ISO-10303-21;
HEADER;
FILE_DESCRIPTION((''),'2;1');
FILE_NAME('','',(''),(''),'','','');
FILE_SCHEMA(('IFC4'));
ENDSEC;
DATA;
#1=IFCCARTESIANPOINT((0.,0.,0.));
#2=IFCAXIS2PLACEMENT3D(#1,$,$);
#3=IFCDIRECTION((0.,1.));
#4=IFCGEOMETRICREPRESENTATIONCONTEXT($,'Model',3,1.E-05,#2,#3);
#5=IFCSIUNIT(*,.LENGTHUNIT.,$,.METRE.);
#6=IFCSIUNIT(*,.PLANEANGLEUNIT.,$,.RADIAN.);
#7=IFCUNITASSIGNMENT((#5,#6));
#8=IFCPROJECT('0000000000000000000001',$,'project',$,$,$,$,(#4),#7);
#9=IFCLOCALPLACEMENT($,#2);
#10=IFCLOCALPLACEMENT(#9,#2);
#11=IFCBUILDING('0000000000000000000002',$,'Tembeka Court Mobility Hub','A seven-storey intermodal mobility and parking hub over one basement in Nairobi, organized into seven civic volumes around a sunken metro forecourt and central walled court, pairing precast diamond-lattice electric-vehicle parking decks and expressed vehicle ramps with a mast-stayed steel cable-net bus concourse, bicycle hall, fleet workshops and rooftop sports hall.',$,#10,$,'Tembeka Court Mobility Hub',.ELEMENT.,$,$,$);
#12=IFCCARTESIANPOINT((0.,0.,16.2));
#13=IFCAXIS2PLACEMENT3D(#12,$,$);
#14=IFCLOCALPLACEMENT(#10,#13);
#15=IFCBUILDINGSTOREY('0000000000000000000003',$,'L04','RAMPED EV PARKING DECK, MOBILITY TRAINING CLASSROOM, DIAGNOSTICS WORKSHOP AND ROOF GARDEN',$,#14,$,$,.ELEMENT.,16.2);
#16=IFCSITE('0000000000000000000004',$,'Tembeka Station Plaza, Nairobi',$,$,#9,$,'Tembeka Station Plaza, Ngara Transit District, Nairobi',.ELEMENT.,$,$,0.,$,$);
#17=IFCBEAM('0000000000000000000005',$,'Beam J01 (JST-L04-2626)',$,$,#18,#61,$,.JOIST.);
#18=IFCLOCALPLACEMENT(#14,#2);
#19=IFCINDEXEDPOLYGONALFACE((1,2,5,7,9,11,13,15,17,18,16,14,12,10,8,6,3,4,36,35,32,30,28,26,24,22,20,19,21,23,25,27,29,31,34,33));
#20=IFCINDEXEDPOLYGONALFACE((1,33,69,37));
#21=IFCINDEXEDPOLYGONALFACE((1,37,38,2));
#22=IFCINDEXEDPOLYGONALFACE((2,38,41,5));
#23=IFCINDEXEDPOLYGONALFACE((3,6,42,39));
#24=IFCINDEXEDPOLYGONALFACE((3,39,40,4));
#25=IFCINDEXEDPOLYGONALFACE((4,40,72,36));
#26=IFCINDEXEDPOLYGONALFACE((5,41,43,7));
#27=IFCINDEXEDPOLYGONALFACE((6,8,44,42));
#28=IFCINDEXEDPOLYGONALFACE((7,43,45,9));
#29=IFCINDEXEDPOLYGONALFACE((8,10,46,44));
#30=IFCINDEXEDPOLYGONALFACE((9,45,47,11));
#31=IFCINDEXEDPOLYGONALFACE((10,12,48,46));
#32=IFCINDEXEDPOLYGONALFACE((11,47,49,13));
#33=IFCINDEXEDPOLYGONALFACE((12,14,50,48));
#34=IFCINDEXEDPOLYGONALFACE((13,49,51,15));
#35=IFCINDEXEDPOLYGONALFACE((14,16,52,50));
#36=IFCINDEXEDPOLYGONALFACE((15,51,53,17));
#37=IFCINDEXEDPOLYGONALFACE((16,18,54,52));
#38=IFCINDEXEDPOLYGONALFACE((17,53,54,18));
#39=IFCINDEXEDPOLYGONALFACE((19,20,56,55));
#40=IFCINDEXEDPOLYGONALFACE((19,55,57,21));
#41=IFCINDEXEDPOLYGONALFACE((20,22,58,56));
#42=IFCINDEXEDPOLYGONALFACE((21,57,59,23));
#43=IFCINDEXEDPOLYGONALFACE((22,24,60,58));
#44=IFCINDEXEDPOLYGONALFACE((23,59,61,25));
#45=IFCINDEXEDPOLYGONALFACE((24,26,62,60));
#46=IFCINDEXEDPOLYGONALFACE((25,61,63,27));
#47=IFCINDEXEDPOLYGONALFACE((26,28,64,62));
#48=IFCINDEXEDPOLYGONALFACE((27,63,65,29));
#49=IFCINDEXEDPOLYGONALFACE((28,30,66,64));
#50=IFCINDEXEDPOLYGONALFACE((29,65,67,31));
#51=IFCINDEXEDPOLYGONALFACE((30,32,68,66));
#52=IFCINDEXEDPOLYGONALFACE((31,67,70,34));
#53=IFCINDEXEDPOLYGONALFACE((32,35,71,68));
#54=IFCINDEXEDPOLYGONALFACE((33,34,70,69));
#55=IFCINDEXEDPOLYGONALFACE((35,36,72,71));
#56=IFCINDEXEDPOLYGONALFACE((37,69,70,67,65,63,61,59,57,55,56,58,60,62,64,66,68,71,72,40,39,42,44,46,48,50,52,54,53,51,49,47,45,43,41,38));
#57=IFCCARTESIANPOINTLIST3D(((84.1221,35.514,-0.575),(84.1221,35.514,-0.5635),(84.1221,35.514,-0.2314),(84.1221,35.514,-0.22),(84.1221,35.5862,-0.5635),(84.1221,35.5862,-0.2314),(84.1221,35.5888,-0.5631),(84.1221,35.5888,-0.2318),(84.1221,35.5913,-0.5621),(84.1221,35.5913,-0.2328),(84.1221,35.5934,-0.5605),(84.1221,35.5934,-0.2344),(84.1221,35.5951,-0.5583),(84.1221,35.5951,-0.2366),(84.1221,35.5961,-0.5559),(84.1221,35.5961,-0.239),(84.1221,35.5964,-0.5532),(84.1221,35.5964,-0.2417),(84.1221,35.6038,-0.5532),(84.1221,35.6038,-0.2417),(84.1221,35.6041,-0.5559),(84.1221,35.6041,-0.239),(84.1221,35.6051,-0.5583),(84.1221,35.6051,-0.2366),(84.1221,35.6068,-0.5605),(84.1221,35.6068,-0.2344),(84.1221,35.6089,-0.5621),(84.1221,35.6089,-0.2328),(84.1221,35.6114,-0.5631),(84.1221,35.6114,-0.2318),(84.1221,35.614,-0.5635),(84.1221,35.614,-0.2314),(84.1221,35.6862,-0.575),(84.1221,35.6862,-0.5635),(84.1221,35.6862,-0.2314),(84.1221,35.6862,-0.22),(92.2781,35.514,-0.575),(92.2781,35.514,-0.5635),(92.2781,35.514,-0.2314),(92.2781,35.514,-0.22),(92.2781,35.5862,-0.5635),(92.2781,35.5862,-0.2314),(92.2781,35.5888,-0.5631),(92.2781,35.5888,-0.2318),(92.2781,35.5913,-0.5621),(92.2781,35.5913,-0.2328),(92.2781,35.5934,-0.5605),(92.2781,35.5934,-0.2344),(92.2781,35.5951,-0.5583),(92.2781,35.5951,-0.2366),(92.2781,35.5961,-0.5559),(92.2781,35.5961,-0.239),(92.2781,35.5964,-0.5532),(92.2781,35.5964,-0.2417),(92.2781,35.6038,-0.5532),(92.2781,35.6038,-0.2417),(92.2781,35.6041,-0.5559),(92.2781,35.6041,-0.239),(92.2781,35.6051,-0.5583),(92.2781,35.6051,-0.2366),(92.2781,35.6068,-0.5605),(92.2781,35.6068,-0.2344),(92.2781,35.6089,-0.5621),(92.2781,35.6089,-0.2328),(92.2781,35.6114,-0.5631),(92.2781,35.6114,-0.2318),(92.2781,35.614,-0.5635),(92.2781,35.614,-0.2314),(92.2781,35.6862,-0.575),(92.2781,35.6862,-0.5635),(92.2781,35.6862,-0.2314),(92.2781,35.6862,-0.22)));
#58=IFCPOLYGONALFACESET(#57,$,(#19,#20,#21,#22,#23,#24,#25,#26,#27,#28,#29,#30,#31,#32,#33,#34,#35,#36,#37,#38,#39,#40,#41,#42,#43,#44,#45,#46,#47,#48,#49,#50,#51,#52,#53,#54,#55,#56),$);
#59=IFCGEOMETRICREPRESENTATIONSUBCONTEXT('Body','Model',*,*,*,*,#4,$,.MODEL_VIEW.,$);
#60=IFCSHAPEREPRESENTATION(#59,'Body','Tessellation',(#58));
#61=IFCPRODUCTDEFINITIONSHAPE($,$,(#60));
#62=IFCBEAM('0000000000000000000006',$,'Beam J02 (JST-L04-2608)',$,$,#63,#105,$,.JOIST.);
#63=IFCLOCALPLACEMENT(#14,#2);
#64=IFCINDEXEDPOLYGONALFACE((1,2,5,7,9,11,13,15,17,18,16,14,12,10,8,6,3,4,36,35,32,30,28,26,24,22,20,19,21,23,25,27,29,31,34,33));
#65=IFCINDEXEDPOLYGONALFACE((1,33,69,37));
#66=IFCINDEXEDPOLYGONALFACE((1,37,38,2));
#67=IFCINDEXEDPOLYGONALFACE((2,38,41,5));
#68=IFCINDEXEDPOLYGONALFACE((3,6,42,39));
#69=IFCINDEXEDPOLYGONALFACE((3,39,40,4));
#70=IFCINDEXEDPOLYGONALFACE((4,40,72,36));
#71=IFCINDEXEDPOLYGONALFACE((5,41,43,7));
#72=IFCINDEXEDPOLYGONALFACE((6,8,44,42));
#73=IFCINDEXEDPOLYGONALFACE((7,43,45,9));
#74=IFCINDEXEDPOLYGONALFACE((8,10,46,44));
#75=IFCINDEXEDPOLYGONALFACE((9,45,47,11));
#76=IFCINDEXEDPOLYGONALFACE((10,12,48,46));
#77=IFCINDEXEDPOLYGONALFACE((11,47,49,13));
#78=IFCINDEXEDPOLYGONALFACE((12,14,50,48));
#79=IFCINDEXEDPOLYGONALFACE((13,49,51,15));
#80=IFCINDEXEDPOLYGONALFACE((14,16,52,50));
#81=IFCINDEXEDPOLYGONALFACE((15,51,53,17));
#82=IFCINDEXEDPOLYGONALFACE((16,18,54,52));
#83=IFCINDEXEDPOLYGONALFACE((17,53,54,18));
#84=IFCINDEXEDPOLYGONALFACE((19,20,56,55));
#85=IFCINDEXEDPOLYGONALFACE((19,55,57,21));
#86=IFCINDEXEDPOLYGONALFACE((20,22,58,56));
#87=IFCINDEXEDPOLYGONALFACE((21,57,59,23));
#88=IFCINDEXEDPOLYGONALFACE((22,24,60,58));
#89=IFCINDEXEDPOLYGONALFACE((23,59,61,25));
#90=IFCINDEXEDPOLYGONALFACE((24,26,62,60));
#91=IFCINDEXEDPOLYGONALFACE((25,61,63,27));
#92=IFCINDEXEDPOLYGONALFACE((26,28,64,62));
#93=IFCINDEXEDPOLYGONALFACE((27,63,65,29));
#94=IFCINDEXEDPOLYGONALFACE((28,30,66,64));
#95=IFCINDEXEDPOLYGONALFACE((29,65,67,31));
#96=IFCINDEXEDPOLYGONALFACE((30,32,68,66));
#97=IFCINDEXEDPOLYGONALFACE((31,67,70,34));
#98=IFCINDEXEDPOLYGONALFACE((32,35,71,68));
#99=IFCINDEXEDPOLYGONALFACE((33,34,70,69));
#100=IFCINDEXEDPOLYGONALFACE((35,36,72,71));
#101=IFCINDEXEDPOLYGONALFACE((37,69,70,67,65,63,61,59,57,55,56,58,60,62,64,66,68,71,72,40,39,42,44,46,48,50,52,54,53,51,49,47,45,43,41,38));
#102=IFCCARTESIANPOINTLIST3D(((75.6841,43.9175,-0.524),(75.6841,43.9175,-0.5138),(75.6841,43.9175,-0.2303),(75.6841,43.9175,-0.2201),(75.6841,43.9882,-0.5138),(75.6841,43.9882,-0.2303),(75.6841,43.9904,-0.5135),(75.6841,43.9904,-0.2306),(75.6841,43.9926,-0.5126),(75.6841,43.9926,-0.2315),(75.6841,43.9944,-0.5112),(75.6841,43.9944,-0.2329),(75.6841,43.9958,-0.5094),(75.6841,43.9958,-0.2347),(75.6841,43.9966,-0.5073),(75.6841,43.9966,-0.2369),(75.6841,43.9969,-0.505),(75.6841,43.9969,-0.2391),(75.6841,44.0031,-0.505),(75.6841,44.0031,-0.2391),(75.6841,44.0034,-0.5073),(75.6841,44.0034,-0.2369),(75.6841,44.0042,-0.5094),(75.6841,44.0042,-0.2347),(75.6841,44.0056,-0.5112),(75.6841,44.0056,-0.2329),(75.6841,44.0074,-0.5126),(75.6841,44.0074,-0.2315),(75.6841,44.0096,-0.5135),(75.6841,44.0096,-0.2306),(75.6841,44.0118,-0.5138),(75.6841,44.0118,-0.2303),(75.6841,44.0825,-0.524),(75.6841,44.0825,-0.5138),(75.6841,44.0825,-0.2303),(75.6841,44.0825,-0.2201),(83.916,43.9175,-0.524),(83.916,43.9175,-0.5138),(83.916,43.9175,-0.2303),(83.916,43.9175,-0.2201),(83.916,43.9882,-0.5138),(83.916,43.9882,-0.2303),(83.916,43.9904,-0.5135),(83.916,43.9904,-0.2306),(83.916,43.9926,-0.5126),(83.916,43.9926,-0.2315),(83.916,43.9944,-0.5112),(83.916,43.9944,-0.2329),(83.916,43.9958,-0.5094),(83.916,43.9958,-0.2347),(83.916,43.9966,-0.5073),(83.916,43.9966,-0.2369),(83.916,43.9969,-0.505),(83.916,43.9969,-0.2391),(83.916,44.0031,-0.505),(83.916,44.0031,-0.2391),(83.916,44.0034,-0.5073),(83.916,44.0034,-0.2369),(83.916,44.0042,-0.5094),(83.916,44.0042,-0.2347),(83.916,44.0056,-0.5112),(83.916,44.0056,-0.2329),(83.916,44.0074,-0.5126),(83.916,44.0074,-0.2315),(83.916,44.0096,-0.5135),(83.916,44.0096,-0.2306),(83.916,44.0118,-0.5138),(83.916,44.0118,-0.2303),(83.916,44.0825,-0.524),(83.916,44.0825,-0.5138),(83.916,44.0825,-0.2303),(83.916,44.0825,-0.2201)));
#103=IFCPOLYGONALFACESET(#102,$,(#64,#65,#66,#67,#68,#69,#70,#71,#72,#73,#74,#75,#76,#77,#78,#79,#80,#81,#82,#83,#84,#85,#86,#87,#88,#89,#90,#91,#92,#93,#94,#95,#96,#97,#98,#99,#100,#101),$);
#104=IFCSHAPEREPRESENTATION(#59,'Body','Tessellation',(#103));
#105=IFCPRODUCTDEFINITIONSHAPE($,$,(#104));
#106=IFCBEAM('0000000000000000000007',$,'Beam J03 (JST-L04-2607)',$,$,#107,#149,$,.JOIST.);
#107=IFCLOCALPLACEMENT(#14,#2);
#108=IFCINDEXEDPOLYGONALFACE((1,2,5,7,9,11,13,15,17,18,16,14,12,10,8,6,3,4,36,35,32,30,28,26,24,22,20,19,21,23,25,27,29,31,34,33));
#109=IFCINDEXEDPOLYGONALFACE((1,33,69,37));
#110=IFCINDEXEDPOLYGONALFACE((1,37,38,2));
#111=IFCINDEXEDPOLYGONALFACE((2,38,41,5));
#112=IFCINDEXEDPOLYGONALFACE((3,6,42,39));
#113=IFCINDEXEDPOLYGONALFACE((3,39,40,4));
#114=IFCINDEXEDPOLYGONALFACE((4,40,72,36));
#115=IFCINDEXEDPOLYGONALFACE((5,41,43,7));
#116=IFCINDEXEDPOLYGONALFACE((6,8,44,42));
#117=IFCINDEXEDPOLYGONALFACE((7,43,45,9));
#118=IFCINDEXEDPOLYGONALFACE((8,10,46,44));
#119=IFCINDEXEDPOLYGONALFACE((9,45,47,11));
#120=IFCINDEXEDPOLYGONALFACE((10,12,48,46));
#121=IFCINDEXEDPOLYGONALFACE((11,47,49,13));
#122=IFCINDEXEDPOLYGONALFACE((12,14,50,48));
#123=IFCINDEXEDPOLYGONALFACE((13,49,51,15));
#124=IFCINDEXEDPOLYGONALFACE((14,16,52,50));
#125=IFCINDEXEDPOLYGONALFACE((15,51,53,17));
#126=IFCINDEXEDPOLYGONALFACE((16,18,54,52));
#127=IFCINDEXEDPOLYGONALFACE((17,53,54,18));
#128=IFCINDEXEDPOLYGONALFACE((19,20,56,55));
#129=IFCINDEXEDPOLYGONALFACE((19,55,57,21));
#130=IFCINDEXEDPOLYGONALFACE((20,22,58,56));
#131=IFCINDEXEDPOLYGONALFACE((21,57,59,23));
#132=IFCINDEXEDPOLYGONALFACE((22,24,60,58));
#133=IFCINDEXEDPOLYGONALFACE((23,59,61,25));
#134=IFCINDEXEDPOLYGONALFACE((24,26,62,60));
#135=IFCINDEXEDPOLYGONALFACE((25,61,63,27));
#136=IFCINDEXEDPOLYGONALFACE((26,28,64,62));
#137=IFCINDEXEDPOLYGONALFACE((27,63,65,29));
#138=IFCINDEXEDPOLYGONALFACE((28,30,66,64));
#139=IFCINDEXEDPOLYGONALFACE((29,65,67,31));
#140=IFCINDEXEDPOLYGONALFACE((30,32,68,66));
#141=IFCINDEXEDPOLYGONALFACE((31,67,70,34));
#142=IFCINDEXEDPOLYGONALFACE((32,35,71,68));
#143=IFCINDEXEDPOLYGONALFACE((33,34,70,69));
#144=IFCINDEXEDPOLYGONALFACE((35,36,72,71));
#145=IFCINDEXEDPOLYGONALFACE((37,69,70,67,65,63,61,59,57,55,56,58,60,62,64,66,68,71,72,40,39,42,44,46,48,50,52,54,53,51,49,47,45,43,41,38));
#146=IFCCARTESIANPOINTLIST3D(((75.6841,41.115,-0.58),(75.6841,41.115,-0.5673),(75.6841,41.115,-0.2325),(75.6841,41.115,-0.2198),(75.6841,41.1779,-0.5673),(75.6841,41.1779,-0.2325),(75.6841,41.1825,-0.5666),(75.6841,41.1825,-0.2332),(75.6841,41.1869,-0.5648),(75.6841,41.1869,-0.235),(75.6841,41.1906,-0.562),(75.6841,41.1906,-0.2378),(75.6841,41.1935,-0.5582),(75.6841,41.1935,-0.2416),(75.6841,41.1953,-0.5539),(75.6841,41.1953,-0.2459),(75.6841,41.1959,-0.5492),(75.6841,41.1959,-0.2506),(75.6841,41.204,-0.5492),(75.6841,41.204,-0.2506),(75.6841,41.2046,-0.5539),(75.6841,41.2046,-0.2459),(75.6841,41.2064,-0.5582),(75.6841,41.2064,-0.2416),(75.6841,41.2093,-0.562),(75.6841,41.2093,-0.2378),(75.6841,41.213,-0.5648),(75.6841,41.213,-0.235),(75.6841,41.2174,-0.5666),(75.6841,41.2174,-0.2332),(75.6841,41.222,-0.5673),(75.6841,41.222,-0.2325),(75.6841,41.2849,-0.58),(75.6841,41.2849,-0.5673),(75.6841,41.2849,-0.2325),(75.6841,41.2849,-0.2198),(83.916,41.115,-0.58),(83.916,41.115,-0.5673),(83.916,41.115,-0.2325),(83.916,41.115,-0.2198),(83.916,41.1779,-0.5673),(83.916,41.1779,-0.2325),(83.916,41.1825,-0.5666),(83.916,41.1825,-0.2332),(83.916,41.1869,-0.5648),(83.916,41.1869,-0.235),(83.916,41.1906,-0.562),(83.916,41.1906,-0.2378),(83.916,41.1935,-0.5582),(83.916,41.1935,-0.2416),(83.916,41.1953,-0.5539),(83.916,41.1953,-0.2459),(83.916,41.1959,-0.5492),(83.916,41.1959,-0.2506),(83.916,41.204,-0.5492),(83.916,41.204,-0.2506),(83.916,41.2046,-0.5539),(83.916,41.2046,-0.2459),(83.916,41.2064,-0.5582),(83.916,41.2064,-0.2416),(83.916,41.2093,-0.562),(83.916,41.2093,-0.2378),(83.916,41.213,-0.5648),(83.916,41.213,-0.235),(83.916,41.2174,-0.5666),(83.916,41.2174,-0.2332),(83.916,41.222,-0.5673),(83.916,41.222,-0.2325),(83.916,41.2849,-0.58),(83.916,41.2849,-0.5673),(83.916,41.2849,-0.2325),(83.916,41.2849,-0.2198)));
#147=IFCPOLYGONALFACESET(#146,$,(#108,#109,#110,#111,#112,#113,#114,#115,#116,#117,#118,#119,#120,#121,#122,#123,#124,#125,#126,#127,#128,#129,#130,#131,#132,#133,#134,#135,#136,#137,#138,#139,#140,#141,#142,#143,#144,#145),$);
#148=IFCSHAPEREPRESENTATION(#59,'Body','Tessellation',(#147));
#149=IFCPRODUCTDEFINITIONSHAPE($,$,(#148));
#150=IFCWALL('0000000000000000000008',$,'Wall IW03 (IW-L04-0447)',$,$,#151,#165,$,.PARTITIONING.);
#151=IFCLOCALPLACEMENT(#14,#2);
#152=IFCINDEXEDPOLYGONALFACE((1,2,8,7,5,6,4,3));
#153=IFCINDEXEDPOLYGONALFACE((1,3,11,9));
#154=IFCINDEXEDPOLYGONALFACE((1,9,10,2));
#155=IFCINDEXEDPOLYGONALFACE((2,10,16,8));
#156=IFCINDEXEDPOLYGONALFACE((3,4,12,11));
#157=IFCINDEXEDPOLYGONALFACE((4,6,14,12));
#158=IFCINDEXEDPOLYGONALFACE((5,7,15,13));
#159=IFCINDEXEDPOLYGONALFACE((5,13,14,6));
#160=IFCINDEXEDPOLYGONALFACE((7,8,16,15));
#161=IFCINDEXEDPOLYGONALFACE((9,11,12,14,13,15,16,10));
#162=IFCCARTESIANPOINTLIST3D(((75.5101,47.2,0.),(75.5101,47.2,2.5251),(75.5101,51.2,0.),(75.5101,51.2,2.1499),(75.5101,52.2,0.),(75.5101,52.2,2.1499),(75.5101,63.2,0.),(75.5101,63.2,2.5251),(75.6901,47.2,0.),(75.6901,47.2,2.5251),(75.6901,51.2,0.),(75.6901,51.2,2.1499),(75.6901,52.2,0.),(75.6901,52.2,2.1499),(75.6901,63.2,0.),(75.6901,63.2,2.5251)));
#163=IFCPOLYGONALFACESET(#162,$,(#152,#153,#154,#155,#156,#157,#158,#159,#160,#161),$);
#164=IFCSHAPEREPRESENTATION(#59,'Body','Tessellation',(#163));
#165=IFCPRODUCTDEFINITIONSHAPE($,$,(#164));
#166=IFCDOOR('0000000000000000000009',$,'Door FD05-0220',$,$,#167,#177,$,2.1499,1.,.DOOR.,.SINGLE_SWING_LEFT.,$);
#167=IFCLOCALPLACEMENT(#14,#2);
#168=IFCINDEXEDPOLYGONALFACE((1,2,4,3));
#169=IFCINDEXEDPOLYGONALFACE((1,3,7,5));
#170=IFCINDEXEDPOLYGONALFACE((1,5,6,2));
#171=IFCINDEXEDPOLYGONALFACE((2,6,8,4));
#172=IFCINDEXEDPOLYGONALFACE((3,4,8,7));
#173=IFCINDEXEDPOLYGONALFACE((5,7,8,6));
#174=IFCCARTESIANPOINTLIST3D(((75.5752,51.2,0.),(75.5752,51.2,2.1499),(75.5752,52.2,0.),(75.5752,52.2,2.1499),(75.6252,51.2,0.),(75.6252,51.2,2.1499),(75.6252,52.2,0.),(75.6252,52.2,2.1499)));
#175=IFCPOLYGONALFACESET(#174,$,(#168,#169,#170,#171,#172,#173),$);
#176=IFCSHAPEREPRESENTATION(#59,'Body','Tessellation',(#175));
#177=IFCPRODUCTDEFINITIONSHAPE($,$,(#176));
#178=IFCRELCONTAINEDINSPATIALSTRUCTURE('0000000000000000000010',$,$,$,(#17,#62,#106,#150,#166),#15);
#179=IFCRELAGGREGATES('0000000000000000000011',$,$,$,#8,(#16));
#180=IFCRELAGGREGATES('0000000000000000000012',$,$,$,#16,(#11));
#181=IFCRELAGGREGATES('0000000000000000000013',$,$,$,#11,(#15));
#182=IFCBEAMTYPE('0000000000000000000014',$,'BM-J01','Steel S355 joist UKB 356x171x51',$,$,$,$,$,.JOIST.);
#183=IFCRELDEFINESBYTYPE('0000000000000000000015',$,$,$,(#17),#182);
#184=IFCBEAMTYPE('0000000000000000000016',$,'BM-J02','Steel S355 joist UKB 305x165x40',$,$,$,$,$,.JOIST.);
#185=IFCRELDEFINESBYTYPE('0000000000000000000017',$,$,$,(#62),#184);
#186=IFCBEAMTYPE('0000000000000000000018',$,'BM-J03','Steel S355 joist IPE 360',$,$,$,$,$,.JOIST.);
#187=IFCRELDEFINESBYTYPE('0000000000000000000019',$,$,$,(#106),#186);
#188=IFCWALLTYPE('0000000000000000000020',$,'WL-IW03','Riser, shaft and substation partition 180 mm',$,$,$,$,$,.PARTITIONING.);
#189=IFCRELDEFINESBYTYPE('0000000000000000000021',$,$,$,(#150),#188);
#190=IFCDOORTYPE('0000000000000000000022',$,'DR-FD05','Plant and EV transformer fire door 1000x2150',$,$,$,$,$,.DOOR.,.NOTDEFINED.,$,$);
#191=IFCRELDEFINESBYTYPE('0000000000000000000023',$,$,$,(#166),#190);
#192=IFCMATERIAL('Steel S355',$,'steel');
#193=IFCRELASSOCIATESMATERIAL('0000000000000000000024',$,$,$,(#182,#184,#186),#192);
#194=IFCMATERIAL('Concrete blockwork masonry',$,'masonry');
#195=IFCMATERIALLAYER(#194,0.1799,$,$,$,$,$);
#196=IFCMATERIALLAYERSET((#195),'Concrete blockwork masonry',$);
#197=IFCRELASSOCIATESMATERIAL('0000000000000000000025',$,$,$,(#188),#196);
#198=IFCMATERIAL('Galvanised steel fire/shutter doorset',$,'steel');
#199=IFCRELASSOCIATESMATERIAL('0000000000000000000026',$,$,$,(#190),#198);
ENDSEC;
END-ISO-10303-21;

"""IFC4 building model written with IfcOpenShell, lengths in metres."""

from ifc_helpers import new_model, si_unit, direction, frame, frame_2d, origin, origin_2d, place, context, subcontext, project, spatial, rectangle, i_section, extrude, material, layer, layer_set, material_profile, profile_set, type_object, element, fill, save


model = new_model("IFC4")

# Units and contexts
model_context = context("Model", 3, precision=1e-05, world=origin(), true_north=direction((0.0, 1.0)))
body_context = subcontext(model_context, "Body", "Model", "MODEL_VIEW")
ifc_project = project(units=[si_unit("LENGTHUNIT", "METRE"), si_unit("PLANEANGLEUNIT", "RADIAN")], contexts=[model_context])

# Site, building, storey
site_placement = place(None, origin())
site = spatial("IfcSite", under=ifc_project, at=site_placement, Name="Tembeka Station Plaza, Nairobi", LongName="Tembeka Station Plaza, Ngara Transit District, Nairobi", CompositionType="ELEMENT", RefElevation=0.0)
building_placement = place(site_placement, origin())
building = spatial("IfcBuilding", under=site, at=building_placement, Name="Tembeka Court Mobility Hub", Description="A seven-storey intermodal mobility and parking hub over one basement in Nairobi, organized into seven civic volumes around a sunken metro forecourt and central walled court, pairing precast diamond-lattice electric-vehicle parking decks and expressed vehicle ramps with a mast-stayed steel cable-net bus concourse, bicycle hall, fleet workshops and rooftop sports hall.", LongName="Tembeka Court Mobility Hub", CompositionType="ELEMENT")
storey_placement = place(building_placement, frame((0.0, 0.0, 16.2)))
storey = spatial("IfcBuildingStorey", under=building, at=storey_placement, Name="L04", Description="RAMPED EV PARKING DECK, MOBILITY TRAINING CLASSROOM, DIAGNOSTICS WORKSHOP AND ROOF GARDEN", CompositionType="ELEMENT", Elevation=16.2)

# Shared definitions
ifc_material_1 = material(Name="Steel S355", Category="steel")

# Beams
ifc_material_profile_1 = material_profile(ifc_material_1, i_section(OverallWidth=0.1721, OverallDepth=0.355, WebThickness=0.0073, FlangeThickness=0.0115, FilletRadius=0.0103, at=origin_2d()), Name="UKB 356x171x51")
ifc_profile_set_1 = profile_set([ifc_material_profile_1], Name="Steel S355")
beam_type_1 = type_object("IfcBeamType", Name="BM-J01", Description="Steel S355 joist UKB 356x171x51", PredefinedType="JOIST", material=ifc_profile_set_1)
for number, where, z_axis, x_axis, name in (
    (1, (84.1221, 35.6001, -0.3975), (1.0, 0.0, 0.0), (0.0, 1.0, 0.0), "Beam J01 (JST-L04-2626)"),
):
    element("IfcBeam", number, at=place(storey_placement, frame(where, z_axis=z_axis, x_axis=x_axis)), inside=storey, type_object=beam_type_1, Name=name, PredefinedType="JOIST", context=body_context, shape_type="SweptSolid", body=[
        extrude(i_section(OverallWidth=0.1721, OverallDepth=0.355, WebThickness=0.0073, FlangeThickness=0.0115, FilletRadius=0.0103, at=origin_2d()), origin(), (0.0, 0.0, 1.0), 8.156),
    ])
ifc_material_profile_2 = material_profile(ifc_material_1, i_section(OverallWidth=0.165, OverallDepth=0.304, WebThickness=0.0061, FlangeThickness=0.0103, FilletRadius=0.0088, at=origin_2d()), Name="UKB 305x165x40")
ifc_profile_set_2 = profile_set([ifc_material_profile_2], Name="Steel S355")
beam_type_2 = type_object("IfcBeamType", Name="BM-J02", Description="Steel S355 joist UKB 305x165x40", PredefinedType="JOIST", material=ifc_profile_set_2)
beam_1_placement = place(storey_placement, frame((75.6841, 44.0, -0.3721), z_axis=(1.0, 0.0, 0.0), x_axis=(0.0, 1.0, 0.0)))
element("IfcBeam", 2, at=beam_1_placement, inside=storey, type_object=beam_type_2, Name="Beam J02 (JST-L04-2608)", PredefinedType="JOIST", context=body_context, shape_type="SweptSolid", body=[
    extrude(i_section(OverallWidth=0.165, OverallDepth=0.304, WebThickness=0.0061, FlangeThickness=0.0103, FilletRadius=0.0088, at=origin_2d()), origin(), (0.0, 0.0, 1.0), 8.2319),
])
ifc_material_profile_3 = material_profile(ifc_material_1, i_section(OverallWidth=0.1699, OverallDepth=0.3601, WebThickness=0.0081, FlangeThickness=0.0127, FilletRadius=0.0181, at=origin_2d()), Name="IPE 360")
ifc_profile_set_3 = profile_set([ifc_material_profile_3], Name="Steel S355")
beam_type_3 = type_object("IfcBeamType", Name="BM-J03", Description="Steel S355 joist IPE 360", PredefinedType="JOIST", material=ifc_profile_set_3)
beam_2_placement = place(storey_placement, frame((75.6841, 41.2, -0.3999), z_axis=(1.0, 0.0, 0.0), x_axis=(0.0, 1.0, 0.0)))
element("IfcBeam", 3, at=beam_2_placement, inside=storey, type_object=beam_type_3, Name="Beam J03 (JST-L04-2607)", PredefinedType="JOIST", context=body_context, shape_type="SweptSolid", body=[
    extrude(i_section(OverallWidth=0.1699, OverallDepth=0.3601, WebThickness=0.0081, FlangeThickness=0.0127, FilletRadius=0.0181, at=origin_2d()), origin(), (0.0, 0.0, 1.0), 8.2319),
])

# Wall, opening, door
ifc_material_2 = material(Name="Concrete blockwork masonry", Category="masonry")
ifc_layer_1 = layer(ifc_material_2, 0.1799)
ifc_layer_set_1 = layer_set([ifc_layer_1], Name="Concrete blockwork masonry")
wall_type_1 = type_object("IfcWallType", Name="WL-IW03", Description="Riser, shaft and substation partition 180 mm", PredefinedType="PARTITIONING", material=ifc_layer_set_1)
wall_1_placement = place(storey_placement, frame((75.6001, 47.2, 0.0), z_axis=(0.0, 0.0, 1.0), x_axis=(0.0, 1.0, 0.0)))
wall_1 = element("IfcWall", 4, at=wall_1_placement, inside=storey, type_object=wall_type_1, Name="Wall IW03 (IW-L04-0447)", PredefinedType="PARTITIONING", context=body_context, shape_type="SweptSolid", body=[
    extrude(rectangle(XDim=16.0, YDim=0.1799, at=frame_2d((8.0, 0.0))), origin(), (0.0, 0.0, 1.0), 2.5251),
])
opening_1_placement = place(wall_1_placement, frame((4.0, 0.0, 0.0)))
opening_1 = element("IfcOpeningElement", 5, at=opening_1_placement, cuts=wall_1, PredefinedType="OPENING", context=body_context, shape_type="SweptSolid", body=[
    extrude(rectangle(XDim=1.0, YDim=2.1499, at=frame_2d((0.5, 1.075))), frame((0.0, 0.1001, 0.0), z_axis=(0.0, -1.0, 0.0), x_axis=(1.0, 0.0, 0.0)), (0.0, 0.0, 1.0), 0.2),
])
ifc_material_3 = material(Name="Galvanised steel fire/shutter doorset", Category="steel")
door_type_1 = type_object("IfcDoorType", Name="DR-FD05", Description="Plant and EV transformer fire door 1000x2150", OperationType="NOTDEFINED", PredefinedType="DOOR", material=ifc_material_3)
door_1_placement = place(opening_1_placement, origin())
door_1 = element("IfcDoor", 6, at=door_1_placement, inside=storey, type_object=door_type_1, Name="Door FD05-0220", OperationType="SINGLE_SWING_LEFT", OverallHeight=2.1499, OverallWidth=1.0, PredefinedType="DOOR", context=body_context, shape_type="SweptSolid", body=[
    extrude(rectangle(XDim=1.0, YDim=2.1499, at=frame_2d((0.5, 1.075))), frame((0.0, 0.0249, 0.0), z_axis=(0.0, -1.0, 0.0), x_axis=(1.0, 0.0, 0.0)), (0.0, 0.0, 1.0), 0.05),
])
fill(opening_1, door_1)

save(model, "model.ifc")
